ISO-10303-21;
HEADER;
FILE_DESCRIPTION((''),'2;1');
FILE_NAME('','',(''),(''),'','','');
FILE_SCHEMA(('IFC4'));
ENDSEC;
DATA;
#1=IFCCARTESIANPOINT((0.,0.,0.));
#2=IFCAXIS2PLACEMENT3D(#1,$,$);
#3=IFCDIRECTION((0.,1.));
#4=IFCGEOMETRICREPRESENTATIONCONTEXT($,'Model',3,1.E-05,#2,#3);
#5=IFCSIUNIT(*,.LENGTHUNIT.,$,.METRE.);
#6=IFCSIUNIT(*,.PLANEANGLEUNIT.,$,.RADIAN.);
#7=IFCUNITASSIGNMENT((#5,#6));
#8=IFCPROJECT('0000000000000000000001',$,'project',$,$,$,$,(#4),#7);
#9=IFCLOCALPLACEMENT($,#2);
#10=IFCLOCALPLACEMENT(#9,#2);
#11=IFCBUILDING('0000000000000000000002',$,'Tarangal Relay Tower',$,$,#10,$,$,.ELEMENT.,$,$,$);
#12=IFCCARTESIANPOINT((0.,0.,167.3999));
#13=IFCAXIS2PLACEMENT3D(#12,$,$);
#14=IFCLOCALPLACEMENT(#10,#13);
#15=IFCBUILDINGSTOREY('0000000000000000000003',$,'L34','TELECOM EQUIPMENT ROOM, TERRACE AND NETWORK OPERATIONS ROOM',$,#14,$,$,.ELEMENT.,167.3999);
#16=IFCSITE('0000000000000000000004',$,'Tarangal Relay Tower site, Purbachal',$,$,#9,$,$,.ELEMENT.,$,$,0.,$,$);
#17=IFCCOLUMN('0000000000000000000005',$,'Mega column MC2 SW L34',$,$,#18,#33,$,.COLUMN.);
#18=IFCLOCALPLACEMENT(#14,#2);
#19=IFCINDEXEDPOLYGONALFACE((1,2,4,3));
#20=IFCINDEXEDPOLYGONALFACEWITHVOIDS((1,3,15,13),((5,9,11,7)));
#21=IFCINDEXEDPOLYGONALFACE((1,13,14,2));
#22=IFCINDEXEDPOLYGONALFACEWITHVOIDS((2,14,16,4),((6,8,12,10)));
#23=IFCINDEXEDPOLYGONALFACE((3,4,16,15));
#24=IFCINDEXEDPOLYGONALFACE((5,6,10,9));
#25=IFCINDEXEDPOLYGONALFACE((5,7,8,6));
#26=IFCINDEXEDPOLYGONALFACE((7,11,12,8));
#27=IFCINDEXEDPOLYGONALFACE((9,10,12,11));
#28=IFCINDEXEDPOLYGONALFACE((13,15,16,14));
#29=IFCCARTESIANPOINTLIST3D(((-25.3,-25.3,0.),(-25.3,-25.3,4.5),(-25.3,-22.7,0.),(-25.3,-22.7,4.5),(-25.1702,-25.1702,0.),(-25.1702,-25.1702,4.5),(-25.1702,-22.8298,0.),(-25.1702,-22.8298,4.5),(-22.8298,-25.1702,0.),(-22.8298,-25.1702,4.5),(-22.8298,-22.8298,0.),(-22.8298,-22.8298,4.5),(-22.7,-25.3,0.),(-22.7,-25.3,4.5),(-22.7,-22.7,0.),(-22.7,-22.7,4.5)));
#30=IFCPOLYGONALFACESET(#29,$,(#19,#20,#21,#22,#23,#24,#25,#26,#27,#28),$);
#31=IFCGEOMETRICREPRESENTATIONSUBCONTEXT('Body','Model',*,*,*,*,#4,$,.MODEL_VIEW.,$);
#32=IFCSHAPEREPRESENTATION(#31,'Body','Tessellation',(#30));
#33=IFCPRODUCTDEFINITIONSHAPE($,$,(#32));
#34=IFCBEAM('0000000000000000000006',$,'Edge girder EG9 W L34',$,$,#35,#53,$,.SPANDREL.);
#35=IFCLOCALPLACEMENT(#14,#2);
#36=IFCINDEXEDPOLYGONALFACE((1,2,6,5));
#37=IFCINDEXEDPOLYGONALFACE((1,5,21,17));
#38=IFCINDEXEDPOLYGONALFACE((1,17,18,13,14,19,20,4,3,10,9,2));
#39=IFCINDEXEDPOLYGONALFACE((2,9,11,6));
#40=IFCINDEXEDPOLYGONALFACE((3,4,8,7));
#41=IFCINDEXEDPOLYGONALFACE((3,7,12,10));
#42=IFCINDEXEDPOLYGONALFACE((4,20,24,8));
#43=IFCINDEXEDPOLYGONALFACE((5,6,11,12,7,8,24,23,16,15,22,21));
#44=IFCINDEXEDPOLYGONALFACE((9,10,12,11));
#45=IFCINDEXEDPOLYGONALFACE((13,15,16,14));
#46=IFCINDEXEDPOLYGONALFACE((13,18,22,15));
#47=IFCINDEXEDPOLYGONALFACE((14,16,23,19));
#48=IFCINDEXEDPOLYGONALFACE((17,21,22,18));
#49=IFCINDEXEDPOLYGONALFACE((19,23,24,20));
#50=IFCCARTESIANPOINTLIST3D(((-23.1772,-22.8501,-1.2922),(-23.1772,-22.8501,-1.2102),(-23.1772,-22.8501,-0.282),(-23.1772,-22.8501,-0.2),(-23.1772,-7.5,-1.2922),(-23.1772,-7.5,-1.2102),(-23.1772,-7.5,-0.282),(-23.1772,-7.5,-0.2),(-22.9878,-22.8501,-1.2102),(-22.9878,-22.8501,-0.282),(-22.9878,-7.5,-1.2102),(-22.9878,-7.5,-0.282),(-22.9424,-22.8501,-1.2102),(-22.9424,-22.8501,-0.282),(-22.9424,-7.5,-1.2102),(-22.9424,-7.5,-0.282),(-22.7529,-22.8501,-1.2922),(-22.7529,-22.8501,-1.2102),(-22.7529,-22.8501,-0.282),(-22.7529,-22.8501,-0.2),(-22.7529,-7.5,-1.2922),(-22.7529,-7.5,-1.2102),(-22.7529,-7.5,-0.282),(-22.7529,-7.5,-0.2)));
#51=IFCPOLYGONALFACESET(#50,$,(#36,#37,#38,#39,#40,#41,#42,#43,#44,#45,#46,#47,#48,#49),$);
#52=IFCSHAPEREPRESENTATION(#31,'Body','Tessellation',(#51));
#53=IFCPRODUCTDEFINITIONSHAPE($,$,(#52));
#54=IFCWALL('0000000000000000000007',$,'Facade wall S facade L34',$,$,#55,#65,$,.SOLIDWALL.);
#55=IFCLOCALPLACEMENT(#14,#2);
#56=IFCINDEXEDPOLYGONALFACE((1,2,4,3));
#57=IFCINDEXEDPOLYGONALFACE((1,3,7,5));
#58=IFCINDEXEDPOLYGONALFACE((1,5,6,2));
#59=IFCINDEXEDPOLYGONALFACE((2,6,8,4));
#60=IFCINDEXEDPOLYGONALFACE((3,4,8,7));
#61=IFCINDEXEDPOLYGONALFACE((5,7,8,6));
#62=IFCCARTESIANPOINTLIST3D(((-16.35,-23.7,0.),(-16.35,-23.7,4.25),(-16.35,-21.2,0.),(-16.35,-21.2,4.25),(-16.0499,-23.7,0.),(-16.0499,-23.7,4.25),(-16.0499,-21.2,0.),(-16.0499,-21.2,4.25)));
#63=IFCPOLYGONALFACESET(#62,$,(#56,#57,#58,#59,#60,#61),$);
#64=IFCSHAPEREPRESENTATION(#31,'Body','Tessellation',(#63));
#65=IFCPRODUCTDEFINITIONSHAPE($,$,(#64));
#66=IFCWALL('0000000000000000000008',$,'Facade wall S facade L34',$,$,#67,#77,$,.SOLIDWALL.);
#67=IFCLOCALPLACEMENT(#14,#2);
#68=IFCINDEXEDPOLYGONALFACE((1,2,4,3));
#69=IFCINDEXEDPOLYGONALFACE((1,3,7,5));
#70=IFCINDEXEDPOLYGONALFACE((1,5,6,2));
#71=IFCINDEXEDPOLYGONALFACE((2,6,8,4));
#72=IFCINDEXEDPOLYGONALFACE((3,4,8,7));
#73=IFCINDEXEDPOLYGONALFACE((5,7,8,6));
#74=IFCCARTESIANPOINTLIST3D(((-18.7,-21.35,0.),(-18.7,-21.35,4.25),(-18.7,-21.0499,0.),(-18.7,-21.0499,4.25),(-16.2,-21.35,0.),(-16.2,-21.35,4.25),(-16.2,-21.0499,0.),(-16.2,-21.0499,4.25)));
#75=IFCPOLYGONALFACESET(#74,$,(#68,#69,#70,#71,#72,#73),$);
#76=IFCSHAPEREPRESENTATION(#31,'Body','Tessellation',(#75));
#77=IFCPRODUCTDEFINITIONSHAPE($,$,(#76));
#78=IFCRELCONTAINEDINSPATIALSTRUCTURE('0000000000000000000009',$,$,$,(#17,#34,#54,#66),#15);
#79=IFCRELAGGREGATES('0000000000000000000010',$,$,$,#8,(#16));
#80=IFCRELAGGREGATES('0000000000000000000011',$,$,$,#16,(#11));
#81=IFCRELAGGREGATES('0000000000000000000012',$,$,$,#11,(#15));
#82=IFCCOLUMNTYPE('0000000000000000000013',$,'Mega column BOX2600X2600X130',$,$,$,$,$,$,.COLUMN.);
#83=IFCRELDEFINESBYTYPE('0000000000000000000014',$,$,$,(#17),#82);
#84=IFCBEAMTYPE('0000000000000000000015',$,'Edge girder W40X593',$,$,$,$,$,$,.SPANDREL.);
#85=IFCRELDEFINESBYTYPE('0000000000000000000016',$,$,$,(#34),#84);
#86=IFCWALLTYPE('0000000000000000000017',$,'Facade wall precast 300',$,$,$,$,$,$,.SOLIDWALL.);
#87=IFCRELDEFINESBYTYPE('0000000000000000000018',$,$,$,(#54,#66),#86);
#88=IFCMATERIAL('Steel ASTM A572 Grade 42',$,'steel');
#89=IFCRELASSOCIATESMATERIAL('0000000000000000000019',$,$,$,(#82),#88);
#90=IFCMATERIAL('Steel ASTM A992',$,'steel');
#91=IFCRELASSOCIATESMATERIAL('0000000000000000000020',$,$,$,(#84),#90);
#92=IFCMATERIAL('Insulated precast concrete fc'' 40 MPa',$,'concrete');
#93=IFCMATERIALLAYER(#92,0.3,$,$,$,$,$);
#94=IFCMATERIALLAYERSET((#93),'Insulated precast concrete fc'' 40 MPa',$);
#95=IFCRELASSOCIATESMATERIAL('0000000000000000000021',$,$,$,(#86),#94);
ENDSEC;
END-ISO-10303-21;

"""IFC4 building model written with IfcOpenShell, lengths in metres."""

from ifc_helpers import new_model, si_unit, direction, frame, frame_2d, origin, origin_2d, place, context, subcontext, project, spatial, rectangle, hollow_rectangle, i_section, extrude, material, layer, layer_set, material_profile, profile_set, type_object, element, save


model = new_model("IFC4")

# Units and contexts
model_context = context("Model", 3, precision=1e-05, world=origin(), true_north=direction((0.0, 1.0)))
body_context = subcontext(model_context, "Body", "Model", "MODEL_VIEW")
ifc_project = project(units=[si_unit("LENGTHUNIT", "METRE"), si_unit("PLANEANGLEUNIT", "RADIAN")], contexts=[model_context])

# Site, building, storey
site_placement = place(None, origin())
site = spatial("IfcSite", under=ifc_project, at=site_placement, Name="Tarangal Relay Tower site, Purbachal", CompositionType="ELEMENT", RefElevation=0.0)
building_placement = place(site_placement, origin())
building = spatial("IfcBuilding", under=site, at=building_placement, Name="Tarangal Relay Tower", CompositionType="ELEMENT")
storey_placement = place(building_placement, frame((0.0, 0.0, 167.3999)))
storey = spatial("IfcBuildingStorey", under=building, at=storey_placement, Name="L34", Description="TELECOM EQUIPMENT ROOM, TERRACE AND NETWORK OPERATIONS ROOM", CompositionType="ELEMENT", Elevation=167.3999)

# Column
ifc_material_1 = material(Name="Steel ASTM A572 Grade 42", Category="steel")
ifc_material_profile_1 = material_profile(ifc_material_1, hollow_rectangle(XDim=2.6001, YDim=2.6001, WallThickness=0.1299, at=origin_2d()), Name="BOX2600X2600X130")
ifc_profile_set_1 = profile_set([ifc_material_profile_1], Name="Steel ASTM A572 Grade 42")
column_type = type_object("IfcColumnType", Name="Mega column BOX2600X2600X130", PredefinedType="COLUMN", material=ifc_profile_set_1)
column_placement = place(storey_placement, frame((-24.0, -24.0, 0.0), z_axis=(0.0, 0.0, 1.0), x_axis=(1.0, 0.0, 0.0)))
element("IfcColumn", 1, at=column_placement, inside=storey, type_object=column_type, Name="Mega column MC2 SW L34", PredefinedType="COLUMN", context=body_context, shape_type="SweptSolid", body=[
    extrude(hollow_rectangle(XDim=2.6001, YDim=2.6001, WallThickness=0.1299, at=origin_2d()), origin(), (0.0, 0.0, 1.0), 4.5),
])

# Beam
ifc_material_2 = material(Name="Steel ASTM A992", Category="steel")
ifc_material_profile_2 = material_profile(ifc_material_2, i_section(OverallWidth=0.4243, OverallDepth=1.0923, WebThickness=0.0454, FlangeThickness=0.082, at=origin_2d()), Name="W40X593")
ifc_profile_set_2 = profile_set([ifc_material_profile_2], Name="Steel ASTM A992")
beam_type = type_object("IfcBeamType", Name="Edge girder W40X593", PredefinedType="SPANDREL", material=ifc_profile_set_2)
beam_placement = place(storey_placement, frame((-22.9651, -22.8501, -0.7461), z_axis=(0.0, 1.0, 0.0), x_axis=(-1.0, 0.0, 0.0)))
element("IfcBeam", 2, at=beam_placement, inside=storey, type_object=beam_type, Name="Edge girder EG9 W L34", PredefinedType="SPANDREL", context=body_context, shape_type="SweptSolid", body=[
    extrude(i_section(OverallWidth=0.4243, OverallDepth=1.0923, WebThickness=0.0454, FlangeThickness=0.082, at=origin_2d()), origin(), (0.0, 0.0, 1.0), 15.3501),
])

# Walls
ifc_material_3 = material(Name="Insulated precast concrete fc' 40 MPa", Category="concrete")
ifc_layer = layer(ifc_material_3, 0.3)
ifc_layer_set = layer_set([ifc_layer], Name="Insulated precast concrete fc' 40 MPa")
wall_type = type_object("IfcWallType", Name="Facade wall precast 300", PredefinedType="SOLIDWALL", material=ifc_layer_set)
for number, where, z_axis, x_axis, name in (
    (3, (-16.2, -23.7, 0.0), (0.0, 0.0, 1.0), (0.0, 1.0, 0.0), "Facade wall S facade L34"),
    (4, (-16.2, -21.2, 0.0), (0.0, 0.0, 1.0), (-1.0, 0.0, 0.0), "Facade wall S facade L34"),
):
    element("IfcWall", number, at=place(storey_placement, frame(where, z_axis=z_axis, x_axis=x_axis)), inside=storey, type_object=wall_type, Name=name, PredefinedType="SOLIDWALL", context=body_context, shape_type="SweptSolid", body=[
        extrude(rectangle(XDim=2.5, YDim=0.3, at=frame_2d((1.25, 0.0))), origin(), (0.0, 0.0, 1.0), 4.25),
    ])

save(model, "model.ifc")
